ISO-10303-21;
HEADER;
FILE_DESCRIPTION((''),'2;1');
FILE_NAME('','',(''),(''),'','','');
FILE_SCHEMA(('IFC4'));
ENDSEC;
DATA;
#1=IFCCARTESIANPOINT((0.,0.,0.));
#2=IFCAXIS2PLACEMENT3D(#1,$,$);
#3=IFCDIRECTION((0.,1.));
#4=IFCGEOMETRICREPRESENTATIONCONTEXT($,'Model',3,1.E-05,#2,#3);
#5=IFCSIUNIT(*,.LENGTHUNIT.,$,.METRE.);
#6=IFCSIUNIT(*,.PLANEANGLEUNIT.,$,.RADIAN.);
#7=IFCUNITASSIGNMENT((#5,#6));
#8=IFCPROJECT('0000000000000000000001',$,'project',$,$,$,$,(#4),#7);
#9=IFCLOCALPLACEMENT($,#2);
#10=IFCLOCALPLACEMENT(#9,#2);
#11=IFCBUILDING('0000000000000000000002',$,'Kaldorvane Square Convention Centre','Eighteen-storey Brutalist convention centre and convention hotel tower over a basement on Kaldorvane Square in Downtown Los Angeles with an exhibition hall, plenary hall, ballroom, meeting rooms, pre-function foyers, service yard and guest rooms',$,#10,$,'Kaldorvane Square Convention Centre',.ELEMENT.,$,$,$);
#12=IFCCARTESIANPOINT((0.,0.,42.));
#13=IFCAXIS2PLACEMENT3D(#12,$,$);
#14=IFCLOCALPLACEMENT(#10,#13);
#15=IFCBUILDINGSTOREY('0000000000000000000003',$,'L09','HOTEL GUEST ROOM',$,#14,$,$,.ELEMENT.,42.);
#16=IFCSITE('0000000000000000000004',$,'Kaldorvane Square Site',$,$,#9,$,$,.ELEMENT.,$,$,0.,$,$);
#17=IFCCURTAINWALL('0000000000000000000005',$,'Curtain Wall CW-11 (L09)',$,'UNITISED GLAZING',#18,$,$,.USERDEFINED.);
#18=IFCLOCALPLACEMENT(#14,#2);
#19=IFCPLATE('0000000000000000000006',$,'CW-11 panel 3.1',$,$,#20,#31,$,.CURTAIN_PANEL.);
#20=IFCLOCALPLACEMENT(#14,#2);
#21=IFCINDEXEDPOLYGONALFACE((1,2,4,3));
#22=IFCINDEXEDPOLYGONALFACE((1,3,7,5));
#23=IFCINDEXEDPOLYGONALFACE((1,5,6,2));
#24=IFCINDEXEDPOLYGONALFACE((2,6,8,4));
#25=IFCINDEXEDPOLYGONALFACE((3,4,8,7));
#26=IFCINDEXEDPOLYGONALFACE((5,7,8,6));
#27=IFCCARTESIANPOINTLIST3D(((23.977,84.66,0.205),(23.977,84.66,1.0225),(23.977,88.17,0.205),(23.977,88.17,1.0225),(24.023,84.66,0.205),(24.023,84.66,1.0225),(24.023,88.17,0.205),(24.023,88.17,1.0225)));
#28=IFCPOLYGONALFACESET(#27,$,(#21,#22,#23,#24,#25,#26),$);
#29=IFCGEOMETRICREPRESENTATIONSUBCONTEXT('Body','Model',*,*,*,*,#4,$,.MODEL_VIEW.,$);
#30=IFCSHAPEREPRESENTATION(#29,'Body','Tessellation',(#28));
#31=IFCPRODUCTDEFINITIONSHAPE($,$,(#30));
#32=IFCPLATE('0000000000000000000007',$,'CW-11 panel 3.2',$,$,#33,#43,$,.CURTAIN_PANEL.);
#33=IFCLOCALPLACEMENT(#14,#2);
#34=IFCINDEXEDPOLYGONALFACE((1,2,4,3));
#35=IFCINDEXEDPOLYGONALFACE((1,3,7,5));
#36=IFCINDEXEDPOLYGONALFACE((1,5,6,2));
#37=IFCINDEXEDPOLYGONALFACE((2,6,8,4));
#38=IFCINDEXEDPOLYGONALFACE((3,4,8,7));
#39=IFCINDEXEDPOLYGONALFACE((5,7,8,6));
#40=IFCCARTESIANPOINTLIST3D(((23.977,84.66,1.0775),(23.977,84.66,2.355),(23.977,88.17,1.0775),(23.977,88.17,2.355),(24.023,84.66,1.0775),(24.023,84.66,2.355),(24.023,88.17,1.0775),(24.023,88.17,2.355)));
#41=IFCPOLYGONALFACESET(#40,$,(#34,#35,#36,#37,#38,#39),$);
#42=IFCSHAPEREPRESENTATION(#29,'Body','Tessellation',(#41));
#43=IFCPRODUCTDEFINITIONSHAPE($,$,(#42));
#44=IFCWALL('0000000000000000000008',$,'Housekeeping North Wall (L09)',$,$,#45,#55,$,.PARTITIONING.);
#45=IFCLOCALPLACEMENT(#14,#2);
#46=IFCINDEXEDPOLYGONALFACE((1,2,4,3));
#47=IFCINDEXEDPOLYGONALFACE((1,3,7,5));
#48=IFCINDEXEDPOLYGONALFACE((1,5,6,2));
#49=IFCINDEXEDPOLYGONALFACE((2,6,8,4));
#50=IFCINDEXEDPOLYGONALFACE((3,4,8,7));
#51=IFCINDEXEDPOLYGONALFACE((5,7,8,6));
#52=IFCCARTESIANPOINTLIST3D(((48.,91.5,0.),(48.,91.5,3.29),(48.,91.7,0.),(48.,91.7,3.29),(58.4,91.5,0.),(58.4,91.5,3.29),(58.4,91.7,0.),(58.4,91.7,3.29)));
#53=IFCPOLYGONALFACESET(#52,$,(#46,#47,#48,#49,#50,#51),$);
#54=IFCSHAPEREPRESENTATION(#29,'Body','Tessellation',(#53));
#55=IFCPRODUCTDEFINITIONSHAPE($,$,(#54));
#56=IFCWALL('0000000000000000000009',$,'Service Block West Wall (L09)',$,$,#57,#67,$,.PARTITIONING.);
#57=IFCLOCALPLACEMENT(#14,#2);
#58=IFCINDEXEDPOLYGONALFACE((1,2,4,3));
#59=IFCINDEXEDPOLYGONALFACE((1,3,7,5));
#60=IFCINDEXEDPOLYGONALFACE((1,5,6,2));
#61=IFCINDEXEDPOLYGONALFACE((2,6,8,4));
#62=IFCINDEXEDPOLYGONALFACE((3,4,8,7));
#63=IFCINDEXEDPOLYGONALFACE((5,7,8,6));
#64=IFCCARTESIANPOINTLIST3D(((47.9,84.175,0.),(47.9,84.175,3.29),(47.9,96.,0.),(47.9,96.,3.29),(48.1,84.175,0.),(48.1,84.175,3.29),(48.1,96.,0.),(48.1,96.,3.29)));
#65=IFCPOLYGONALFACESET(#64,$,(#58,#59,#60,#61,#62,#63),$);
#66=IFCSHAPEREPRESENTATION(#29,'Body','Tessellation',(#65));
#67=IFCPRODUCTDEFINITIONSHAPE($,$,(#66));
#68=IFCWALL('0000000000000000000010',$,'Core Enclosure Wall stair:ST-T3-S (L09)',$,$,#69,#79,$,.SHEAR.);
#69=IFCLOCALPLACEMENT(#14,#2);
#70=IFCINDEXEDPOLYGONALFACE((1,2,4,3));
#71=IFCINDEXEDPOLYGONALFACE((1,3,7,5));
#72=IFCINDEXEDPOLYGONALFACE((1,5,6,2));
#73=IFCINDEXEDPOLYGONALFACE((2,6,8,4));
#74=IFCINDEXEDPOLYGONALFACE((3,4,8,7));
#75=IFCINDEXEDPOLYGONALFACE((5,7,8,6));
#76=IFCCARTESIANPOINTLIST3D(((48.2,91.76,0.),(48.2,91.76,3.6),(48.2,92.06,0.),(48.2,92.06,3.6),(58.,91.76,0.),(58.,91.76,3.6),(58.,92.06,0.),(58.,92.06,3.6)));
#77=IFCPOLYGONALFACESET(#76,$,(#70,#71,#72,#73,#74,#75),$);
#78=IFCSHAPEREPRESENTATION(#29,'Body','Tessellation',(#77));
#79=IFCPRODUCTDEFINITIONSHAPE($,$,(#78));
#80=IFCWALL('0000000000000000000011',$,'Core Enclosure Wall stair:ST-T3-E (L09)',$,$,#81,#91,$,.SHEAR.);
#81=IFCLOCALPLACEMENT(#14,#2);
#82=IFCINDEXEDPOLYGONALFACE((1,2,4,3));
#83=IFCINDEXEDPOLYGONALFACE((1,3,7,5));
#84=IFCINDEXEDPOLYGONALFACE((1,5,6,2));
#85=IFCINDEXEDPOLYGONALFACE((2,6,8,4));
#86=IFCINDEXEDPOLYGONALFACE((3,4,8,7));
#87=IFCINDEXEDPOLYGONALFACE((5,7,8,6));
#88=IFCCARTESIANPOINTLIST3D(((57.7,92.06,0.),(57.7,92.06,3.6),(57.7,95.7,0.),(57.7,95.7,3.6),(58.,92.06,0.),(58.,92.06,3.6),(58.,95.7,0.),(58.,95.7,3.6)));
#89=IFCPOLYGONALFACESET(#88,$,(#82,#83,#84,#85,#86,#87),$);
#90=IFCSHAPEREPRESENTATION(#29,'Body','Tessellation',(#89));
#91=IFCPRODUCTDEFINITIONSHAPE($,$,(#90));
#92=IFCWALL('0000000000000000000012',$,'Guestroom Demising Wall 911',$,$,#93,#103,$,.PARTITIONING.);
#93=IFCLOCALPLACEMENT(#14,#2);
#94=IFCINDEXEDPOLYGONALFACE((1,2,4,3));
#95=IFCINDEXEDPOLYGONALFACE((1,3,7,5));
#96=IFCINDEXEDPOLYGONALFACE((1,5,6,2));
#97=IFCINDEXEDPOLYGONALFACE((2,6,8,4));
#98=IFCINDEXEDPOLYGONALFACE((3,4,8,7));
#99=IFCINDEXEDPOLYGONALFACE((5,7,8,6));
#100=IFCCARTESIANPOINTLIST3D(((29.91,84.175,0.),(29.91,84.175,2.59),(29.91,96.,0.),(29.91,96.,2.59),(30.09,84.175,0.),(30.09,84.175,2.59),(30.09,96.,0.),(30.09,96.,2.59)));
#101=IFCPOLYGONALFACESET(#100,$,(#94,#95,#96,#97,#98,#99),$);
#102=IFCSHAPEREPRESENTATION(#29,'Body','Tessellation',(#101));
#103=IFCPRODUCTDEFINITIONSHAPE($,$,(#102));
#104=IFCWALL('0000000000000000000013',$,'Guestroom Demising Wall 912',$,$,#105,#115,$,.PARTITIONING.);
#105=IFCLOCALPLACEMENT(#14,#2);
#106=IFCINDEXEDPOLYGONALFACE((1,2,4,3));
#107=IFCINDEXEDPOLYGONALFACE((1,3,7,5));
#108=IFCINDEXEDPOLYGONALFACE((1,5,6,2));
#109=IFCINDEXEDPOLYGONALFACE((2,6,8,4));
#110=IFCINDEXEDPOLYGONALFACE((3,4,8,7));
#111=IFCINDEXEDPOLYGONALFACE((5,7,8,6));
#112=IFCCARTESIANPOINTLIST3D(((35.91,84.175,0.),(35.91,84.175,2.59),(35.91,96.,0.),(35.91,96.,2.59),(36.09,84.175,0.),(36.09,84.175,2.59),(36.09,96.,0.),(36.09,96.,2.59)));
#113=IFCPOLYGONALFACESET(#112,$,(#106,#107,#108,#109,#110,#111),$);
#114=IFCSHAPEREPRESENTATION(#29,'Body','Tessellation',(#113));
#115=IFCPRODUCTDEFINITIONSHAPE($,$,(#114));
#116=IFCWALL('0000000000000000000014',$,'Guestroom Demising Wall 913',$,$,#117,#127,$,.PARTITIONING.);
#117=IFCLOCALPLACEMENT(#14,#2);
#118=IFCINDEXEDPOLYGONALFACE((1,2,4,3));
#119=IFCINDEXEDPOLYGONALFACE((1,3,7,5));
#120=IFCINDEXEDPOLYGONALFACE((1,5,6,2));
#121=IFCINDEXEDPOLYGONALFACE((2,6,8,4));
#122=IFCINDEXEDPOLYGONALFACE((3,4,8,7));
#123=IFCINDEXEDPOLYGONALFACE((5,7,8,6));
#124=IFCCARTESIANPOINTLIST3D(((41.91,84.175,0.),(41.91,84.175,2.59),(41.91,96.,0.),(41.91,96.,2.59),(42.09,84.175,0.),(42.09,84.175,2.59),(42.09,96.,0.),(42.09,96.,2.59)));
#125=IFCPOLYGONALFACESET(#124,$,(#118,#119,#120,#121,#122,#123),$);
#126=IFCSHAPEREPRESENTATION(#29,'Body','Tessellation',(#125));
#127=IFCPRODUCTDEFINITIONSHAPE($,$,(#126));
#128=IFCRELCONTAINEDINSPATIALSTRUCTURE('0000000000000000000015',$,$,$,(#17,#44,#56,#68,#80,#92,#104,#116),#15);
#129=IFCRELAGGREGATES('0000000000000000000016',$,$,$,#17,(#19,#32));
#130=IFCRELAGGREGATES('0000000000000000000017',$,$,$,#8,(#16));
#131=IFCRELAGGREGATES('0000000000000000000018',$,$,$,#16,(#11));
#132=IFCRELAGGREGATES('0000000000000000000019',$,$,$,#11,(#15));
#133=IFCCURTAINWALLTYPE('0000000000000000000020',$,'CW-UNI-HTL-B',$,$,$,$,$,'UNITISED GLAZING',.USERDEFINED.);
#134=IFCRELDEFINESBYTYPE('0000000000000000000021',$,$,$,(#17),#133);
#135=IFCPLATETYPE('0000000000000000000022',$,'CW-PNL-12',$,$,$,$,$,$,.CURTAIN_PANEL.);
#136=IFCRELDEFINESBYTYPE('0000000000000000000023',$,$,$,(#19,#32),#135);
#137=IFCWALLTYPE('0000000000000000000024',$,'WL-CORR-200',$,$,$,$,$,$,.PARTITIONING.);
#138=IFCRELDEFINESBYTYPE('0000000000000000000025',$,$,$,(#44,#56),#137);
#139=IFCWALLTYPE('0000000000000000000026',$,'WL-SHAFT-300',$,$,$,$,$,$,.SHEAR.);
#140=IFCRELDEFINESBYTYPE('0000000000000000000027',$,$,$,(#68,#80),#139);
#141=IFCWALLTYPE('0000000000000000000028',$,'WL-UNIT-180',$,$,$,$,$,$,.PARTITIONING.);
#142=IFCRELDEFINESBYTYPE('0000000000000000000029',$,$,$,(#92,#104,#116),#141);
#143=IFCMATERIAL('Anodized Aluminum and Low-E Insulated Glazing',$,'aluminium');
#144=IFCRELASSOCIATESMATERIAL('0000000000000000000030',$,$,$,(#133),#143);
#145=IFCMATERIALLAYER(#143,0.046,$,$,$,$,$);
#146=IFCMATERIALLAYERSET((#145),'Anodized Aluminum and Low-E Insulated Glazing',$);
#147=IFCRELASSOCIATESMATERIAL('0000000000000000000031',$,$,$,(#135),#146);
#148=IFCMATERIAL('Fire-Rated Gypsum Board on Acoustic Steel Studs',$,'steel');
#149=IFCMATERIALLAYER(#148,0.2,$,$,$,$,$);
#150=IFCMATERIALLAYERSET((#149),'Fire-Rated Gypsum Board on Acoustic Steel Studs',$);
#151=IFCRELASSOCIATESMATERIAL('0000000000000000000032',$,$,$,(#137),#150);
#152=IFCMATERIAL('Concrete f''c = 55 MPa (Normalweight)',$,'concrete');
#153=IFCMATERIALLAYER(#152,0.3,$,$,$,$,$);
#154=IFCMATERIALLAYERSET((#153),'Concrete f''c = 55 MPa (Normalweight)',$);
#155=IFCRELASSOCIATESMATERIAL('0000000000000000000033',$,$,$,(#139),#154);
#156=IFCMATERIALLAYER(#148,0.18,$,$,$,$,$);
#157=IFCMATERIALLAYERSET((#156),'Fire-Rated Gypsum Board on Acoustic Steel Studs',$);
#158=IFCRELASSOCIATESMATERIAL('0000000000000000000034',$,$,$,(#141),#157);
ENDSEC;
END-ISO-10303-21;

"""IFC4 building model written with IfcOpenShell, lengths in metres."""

from ifc_helpers import new_model, si_unit, direction, frame, frame_2d, origin, origin_2d, place, context, subcontext, project, spatial, rectangle, extrude, material, layer, layer_set, type_object, element, aggregate, save


model = new_model("IFC4")

# Units and contexts
model_context = context("Model", 3, precision=1e-05, world=origin(), true_north=direction((0.0, 1.0)))
body_context = subcontext(model_context, "Body", "Model", "MODEL_VIEW")
ifc_project = project(units=[si_unit("LENGTHUNIT", "METRE"), si_unit("PLANEANGLEUNIT", "RADIAN")], contexts=[model_context])

# Site, building, storey
site_placement = place(None, origin())
site = spatial("IfcSite", under=ifc_project, at=site_placement, Name="Kaldorvane Square Site", CompositionType="ELEMENT", RefElevation=0.0)
building_placement = place(site_placement, origin())
building = spatial("IfcBuilding", under=site, at=building_placement, Name="Kaldorvane Square Convention Centre", Description="Eighteen-storey Brutalist convention centre and convention hotel tower over a basement on Kaldorvane Square in Downtown Los Angeles with an exhibition hall, plenary hall, ballroom, meeting rooms, pre-function foyers, service yard and guest rooms", LongName="Kaldorvane Square Convention Centre", CompositionType="ELEMENT")
storey_placement = place(building_placement, frame((0.0, 0.0, 42.0)))
storey = spatial("IfcBuildingStorey", under=building, at=storey_placement, Name="L09", Description="HOTEL GUEST ROOM", CompositionType="ELEMENT", Elevation=42.0)

# Curtain wall, plates
ifc_material_1 = material(Name="Anodized Aluminum and Low-E Insulated Glazing", Category="aluminium")
curtain_wall_type = type_object("IfcCurtainWallType", Name="CW-UNI-HTL-B", ElementType="UNITISED GLAZING", PredefinedType="USERDEFINED", material=ifc_material_1)
curtain_wall_placement = place(storey_placement, origin())
curtain_wall = element("IfcCurtainWall", 1, at=curtain_wall_placement, inside=storey, type_object=curtain_wall_type, Name="Curtain Wall CW-11 (L09)", ObjectType="UNITISED GLAZING", PredefinedType="USERDEFINED")
ifc_layer_1 = layer(ifc_material_1, 0.046)
ifc_layer_set_1 = layer_set([ifc_layer_1], Name="Anodized Aluminum and Low-E Insulated Glazing")
plate_type = type_object("IfcPlateType", Name="CW-PNL-12", PredefinedType="CURTAIN_PANEL", material=ifc_layer_set_1)
plate_1_placement = place(storey_placement, frame((24.0, 86.415, 0.205), z_axis=(0.0, 0.0, 1.0), x_axis=(0.0, -1.0, 0.0)))
plate_1 = element("IfcPlate", 2, at=plate_1_placement, type_object=plate_type, Name="CW-11 panel 3.1", PredefinedType="CURTAIN_PANEL", context=body_context, shape_type="SweptSolid", body=[
    extrude(rectangle(XDim=3.51, YDim=0.046, at=origin_2d()), origin(), (0.0, 0.0, 1.0), 0.8175),
])
plate_2_placement = place(storey_placement, frame((24.0, 86.415, 1.0775), z_axis=(0.0, 0.0, 1.0), x_axis=(0.0, -1.0, 0.0)))
plate_2 = element("IfcPlate", 3, at=plate_2_placement, type_object=plate_type, Name="CW-11 panel 3.2", PredefinedType="CURTAIN_PANEL", context=body_context, shape_type="SweptSolid", body=[
    extrude(rectangle(XDim=3.51, YDim=0.046, at=origin_2d()), origin(), (0.0, 0.0, 1.0), 1.2775),
])
aggregate(curtain_wall, [plate_1, plate_2])

# Walls
ifc_material_2 = material(Name="Fire-Rated Gypsum Board on Acoustic Steel Studs", Category="steel")
ifc_layer_2 = layer(ifc_material_2, 0.2)
ifc_layer_set_2 = layer_set([ifc_layer_2], Name="Fire-Rated Gypsum Board on Acoustic Steel Studs")
wall_type_1 = type_object("IfcWallType", Name="WL-CORR-200", PredefinedType="PARTITIONING", material=ifc_layer_set_2)
wall_1_placement = place(storey_placement, frame((48.0, 91.6, 0.0), z_axis=(0.0, 0.0, 1.0), x_axis=(1.0, 0.0, 0.0)))
element("IfcWall", 4, at=wall_1_placement, inside=storey, type_object=wall_type_1, Name="Housekeeping North Wall (L09)", PredefinedType="PARTITIONING", context=body_context, shape_type="SweptSolid", body=[
    extrude(rectangle(XDim=10.4, YDim=0.2, at=frame_2d((5.2, 0.0))), origin(), (0.0, 0.0, 1.0), 3.29),
])
wall_2_placement = place(storey_placement, frame((48.0, 84.175, 0.0), z_axis=(0.0, 0.0, 1.0), x_axis=(0.0, 1.0, 0.0)))
element("IfcWall", 5, at=wall_2_placement, inside=storey, type_object=wall_type_1, Name="Service Block West Wall (L09)", PredefinedType="PARTITIONING", context=body_context, shape_type="SweptSolid", body=[
    extrude(rectangle(XDim=11.825, YDim=0.2, at=frame_2d((5.9125, 0.0))), origin(), (0.0, 0.0, 1.0), 3.29),
])
ifc_material_3 = material(Name="Concrete f'c = 55 MPa (Normalweight)", Category="concrete")
ifc_layer_3 = layer(ifc_material_3, 0.3)
ifc_layer_set_3 = layer_set([ifc_layer_3], Name="Concrete f'c = 55 MPa (Normalweight)")
wall_type_2 = type_object("IfcWallType", Name="WL-SHAFT-300", PredefinedType="SHEAR", material=ifc_layer_set_3)
wall_3_placement = place(storey_placement, frame((48.2, 91.91, 0.0), z_axis=(0.0, 0.0, 1.0), x_axis=(1.0, 0.0, 0.0)))
element("IfcWall", 6, at=wall_3_placement, inside=storey, type_object=wall_type_2, Name="Core Enclosure Wall stair:ST-T3-S (L09)", PredefinedType="SHEAR", context=body_context, shape_type="SweptSolid", body=[
    extrude(rectangle(XDim=9.8, YDim=0.3, at=frame_2d((4.9, 0.0))), origin(), (0.0, 0.0, 1.0), 3.6),
])
wall_4_placement = place(storey_placement, frame((57.85, 92.06, 0.0), z_axis=(0.0, 0.0, 1.0), x_axis=(0.0, 1.0, 0.0)))
element("IfcWall", 7, at=wall_4_placement, inside=storey, type_object=wall_type_2, Name="Core Enclosure Wall stair:ST-T3-E (L09)", PredefinedType="SHEAR", context=body_context, shape_type="SweptSolid", body=[
    extrude(rectangle(XDim=3.64, YDim=0.3, at=frame_2d((1.82, 0.0))), origin(), (0.0, 0.0, 1.0), 3.6),
])
ifc_layer_4 = layer(ifc_material_2, 0.18)
ifc_layer_set_4 = layer_set([ifc_layer_4], Name="Fire-Rated Gypsum Board on Acoustic Steel Studs")
wall_type_3 = type_object("IfcWallType", Name="WL-UNIT-180", PredefinedType="PARTITIONING", material=ifc_layer_set_4)
for number, where, z_axis, x_axis, name in (
    (8, (30.0, 84.175, 0.0), (0.0, 0.0, 1.0), (0.0, 1.0, 0.0), "Guestroom Demising Wall 911"),
    (9, (36.0, 84.175, 0.0), (0.0, 0.0, 1.0), (0.0, 1.0, 0.0), "Guestroom Demising Wall 912"),
    (10, (42.0, 84.175, 0.0), (0.0, 0.0, 1.0), (0.0, 1.0, 0.0), "Guestroom Demising Wall 913"),
):
    element("IfcWall", number, at=place(storey_placement, frame(where, z_axis=z_axis, x_axis=x_axis)), inside=storey, type_object=wall_type_3, Name=name, PredefinedType="PARTITIONING", context=body_context, shape_type="SweptSolid", body=[
        extrude(rectangle(XDim=11.825, YDim=0.18, at=frame_2d((5.9125, 0.0))), origin(), (0.0, 0.0, 1.0), 2.59),
    ])

save(model, "model.ifc")
